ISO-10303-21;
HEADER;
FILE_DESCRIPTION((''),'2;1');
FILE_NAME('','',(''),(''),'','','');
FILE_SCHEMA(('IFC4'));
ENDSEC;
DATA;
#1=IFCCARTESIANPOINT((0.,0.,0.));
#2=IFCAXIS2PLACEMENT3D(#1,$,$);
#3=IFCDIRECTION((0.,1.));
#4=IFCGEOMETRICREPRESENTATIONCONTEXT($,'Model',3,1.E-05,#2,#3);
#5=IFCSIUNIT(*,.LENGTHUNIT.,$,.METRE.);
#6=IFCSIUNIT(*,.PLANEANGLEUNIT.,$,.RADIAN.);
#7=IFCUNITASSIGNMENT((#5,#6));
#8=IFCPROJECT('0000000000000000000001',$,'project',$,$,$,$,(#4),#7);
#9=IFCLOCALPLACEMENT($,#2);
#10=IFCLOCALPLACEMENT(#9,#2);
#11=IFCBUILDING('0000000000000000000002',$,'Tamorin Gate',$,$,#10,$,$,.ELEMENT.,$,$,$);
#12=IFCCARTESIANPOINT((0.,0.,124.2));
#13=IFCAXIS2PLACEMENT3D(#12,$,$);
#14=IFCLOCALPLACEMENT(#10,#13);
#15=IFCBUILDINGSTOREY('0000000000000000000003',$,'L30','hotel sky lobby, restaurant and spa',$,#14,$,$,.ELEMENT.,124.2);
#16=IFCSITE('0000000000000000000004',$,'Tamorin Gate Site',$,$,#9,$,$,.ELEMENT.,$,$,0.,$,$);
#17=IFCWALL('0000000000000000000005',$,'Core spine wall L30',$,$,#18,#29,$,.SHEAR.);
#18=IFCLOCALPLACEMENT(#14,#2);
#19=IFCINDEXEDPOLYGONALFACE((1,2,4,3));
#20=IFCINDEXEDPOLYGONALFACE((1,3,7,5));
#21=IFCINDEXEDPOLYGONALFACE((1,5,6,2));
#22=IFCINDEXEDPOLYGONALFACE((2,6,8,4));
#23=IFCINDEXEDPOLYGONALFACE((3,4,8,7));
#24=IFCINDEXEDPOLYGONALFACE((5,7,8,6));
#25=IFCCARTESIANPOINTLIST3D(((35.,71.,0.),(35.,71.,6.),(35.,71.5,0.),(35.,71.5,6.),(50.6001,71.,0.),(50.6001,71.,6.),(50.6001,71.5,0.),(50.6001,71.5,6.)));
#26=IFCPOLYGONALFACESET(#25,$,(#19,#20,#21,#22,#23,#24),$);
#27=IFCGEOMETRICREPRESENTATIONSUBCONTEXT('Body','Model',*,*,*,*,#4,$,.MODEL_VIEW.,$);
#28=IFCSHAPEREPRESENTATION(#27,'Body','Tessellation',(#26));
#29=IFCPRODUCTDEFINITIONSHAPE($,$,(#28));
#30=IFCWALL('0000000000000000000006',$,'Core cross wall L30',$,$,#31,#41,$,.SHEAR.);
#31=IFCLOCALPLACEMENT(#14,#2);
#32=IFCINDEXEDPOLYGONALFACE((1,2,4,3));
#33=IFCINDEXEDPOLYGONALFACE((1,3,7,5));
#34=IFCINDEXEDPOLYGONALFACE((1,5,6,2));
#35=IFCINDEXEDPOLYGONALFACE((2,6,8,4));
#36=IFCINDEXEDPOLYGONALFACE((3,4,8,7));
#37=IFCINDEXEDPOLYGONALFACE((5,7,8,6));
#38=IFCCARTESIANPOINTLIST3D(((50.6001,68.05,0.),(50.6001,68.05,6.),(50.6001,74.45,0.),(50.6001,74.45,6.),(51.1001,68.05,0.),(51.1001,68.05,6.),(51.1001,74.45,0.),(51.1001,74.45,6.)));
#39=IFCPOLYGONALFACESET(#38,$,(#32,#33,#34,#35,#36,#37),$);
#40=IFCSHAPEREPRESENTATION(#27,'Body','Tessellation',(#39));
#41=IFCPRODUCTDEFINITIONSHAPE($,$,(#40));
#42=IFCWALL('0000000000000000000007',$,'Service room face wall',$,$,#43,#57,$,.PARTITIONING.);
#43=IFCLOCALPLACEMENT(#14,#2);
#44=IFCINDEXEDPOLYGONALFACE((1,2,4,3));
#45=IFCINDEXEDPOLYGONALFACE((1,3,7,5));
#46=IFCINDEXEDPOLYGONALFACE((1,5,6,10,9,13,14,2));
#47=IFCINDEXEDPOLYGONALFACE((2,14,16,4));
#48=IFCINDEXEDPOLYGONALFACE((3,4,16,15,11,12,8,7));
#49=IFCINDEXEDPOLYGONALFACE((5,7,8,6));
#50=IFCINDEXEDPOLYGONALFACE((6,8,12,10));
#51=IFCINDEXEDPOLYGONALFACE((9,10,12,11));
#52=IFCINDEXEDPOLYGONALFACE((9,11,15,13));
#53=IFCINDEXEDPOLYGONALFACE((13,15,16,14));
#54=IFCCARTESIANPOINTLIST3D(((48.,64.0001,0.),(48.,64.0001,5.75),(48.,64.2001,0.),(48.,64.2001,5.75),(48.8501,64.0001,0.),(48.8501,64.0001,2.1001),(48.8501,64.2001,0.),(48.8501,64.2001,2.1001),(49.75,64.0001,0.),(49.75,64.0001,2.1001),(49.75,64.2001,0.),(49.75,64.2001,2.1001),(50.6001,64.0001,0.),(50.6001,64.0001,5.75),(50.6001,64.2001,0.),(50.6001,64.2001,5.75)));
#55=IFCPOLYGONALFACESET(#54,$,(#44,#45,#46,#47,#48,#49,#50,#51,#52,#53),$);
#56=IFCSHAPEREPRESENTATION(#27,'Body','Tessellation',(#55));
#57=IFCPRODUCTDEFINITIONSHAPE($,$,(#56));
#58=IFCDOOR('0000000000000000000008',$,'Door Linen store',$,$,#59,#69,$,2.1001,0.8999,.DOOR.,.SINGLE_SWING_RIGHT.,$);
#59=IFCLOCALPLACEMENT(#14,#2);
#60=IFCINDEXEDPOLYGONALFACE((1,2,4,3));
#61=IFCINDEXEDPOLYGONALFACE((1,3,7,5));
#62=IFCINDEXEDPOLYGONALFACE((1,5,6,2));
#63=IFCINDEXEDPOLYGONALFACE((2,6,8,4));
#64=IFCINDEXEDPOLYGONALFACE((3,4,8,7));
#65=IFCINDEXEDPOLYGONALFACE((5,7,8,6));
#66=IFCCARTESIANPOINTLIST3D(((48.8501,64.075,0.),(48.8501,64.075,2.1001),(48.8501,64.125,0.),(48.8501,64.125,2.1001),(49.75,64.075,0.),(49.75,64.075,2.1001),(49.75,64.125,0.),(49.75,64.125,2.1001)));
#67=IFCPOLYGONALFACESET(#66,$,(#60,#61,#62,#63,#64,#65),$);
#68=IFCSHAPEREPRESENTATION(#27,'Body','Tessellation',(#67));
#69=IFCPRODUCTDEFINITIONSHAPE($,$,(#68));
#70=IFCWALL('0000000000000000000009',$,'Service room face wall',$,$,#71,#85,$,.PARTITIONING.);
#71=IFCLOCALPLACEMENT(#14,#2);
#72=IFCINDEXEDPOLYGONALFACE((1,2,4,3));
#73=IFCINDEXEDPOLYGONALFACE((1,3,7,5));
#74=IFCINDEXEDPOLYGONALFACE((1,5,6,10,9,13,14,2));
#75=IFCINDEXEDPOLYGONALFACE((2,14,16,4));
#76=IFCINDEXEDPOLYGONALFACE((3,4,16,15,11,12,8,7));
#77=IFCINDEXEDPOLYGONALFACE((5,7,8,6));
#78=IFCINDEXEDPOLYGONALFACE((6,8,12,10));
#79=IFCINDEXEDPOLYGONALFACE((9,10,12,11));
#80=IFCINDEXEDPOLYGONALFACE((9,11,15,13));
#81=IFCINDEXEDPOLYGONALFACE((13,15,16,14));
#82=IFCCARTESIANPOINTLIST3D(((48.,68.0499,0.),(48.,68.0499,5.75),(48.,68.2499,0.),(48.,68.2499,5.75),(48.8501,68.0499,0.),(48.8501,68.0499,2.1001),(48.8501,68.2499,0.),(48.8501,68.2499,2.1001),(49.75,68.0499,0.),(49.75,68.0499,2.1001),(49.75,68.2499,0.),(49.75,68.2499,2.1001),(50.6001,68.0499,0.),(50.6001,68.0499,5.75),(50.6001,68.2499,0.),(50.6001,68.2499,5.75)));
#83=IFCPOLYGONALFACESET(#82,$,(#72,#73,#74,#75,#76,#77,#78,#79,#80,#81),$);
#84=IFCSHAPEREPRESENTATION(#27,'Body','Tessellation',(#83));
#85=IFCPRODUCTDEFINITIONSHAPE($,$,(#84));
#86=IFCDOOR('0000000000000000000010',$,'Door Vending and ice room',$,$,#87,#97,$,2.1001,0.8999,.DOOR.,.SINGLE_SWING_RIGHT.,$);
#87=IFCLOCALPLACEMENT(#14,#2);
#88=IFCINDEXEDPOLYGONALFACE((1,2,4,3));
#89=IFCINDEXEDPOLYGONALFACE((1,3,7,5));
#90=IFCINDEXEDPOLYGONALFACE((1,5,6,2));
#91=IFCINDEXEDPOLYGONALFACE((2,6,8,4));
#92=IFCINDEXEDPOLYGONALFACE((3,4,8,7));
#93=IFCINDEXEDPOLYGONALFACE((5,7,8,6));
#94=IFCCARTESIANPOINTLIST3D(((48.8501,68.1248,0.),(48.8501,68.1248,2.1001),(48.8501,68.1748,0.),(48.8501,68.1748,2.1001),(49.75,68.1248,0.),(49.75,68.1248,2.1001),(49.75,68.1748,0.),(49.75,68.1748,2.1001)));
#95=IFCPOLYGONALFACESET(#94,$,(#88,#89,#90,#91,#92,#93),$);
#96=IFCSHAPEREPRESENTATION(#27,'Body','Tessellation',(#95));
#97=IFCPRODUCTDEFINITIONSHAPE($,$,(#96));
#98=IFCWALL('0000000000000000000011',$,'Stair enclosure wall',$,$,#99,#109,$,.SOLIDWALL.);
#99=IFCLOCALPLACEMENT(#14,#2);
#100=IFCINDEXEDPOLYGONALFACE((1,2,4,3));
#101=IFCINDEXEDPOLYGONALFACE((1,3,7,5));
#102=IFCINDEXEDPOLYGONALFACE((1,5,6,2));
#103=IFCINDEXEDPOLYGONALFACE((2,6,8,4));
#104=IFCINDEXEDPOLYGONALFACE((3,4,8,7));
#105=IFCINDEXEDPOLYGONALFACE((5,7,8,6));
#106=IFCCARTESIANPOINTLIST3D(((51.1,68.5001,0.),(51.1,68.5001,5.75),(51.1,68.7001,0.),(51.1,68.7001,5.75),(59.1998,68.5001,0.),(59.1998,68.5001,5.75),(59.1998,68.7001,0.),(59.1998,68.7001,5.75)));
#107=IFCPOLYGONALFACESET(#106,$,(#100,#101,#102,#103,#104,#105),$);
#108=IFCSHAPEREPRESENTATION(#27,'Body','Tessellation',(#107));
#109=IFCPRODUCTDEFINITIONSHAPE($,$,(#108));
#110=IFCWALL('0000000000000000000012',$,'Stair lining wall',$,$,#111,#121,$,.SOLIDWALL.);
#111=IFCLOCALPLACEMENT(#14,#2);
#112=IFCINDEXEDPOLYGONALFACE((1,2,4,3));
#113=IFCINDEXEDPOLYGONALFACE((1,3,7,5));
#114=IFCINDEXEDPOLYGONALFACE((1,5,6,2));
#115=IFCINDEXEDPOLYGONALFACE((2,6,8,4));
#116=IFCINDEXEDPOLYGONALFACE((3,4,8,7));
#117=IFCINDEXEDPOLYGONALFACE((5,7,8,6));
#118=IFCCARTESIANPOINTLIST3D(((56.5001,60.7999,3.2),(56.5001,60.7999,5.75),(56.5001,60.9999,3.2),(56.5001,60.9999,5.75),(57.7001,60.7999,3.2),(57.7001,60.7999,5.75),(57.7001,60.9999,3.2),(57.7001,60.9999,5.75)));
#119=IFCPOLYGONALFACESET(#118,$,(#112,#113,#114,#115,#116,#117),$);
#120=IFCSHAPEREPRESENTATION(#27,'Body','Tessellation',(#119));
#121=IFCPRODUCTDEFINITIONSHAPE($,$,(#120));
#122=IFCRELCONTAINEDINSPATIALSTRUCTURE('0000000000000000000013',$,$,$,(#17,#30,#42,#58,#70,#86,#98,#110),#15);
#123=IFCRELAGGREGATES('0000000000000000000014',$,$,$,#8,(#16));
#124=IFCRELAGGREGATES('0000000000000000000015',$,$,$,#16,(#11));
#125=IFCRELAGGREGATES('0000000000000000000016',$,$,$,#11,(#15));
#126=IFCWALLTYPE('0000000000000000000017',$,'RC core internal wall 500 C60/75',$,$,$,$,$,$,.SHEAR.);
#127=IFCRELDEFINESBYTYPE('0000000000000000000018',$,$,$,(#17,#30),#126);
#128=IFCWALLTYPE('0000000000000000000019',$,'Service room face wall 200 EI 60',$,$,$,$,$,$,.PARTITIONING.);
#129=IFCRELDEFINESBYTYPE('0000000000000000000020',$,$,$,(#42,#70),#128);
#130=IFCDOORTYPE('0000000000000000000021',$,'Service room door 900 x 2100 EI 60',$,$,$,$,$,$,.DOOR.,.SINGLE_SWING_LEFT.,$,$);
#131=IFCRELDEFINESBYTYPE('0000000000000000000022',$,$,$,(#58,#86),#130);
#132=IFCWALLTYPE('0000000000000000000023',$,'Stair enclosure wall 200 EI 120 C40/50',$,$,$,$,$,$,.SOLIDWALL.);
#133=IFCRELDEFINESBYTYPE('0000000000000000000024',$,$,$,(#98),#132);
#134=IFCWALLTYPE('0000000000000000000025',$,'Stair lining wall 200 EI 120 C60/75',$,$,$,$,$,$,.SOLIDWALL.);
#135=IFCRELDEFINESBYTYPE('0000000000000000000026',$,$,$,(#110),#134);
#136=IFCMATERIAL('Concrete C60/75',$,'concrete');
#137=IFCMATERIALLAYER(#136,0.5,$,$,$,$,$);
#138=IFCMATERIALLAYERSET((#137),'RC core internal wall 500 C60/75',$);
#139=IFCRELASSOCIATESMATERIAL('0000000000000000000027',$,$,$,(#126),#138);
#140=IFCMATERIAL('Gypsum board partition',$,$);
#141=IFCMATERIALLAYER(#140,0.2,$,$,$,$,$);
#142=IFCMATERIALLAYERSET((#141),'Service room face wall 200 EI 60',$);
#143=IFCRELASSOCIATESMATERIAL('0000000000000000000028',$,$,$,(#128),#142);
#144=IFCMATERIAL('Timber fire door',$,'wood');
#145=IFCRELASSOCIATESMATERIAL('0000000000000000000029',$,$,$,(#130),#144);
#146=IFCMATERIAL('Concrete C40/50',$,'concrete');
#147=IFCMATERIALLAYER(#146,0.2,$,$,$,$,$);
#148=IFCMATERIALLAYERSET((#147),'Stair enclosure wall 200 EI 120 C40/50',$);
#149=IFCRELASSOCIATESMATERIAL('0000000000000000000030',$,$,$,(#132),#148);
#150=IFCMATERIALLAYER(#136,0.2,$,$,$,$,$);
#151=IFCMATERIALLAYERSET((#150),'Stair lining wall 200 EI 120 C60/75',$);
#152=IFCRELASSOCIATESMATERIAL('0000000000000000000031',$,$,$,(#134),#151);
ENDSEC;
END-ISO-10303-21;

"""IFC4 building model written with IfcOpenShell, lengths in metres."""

from ifc_helpers import new_model, si_unit, direction, frame, frame_2d, origin, place, context, subcontext, project, spatial, rectangle, extrude, material, layer, layer_set, type_object, element, fill, save


model = new_model("IFC4")

# Units and contexts
model_context = context("Model", 3, precision=1e-05, world=origin(), true_north=direction((0.0, 1.0)))
body_context = subcontext(model_context, "Body", "Model", "MODEL_VIEW")
ifc_project = project(units=[si_unit("LENGTHUNIT", "METRE"), si_unit("PLANEANGLEUNIT", "RADIAN")], contexts=[model_context])

# Site, building, storey
site_placement = place(None, origin())
site = spatial("IfcSite", under=ifc_project, at=site_placement, Name="Tamorin Gate Site", CompositionType="ELEMENT", RefElevation=0.0)
building_placement = place(site_placement, origin())
building = spatial("IfcBuilding", under=site, at=building_placement, Name="Tamorin Gate", CompositionType="ELEMENT")
storey_placement = place(building_placement, frame((0.0, 0.0, 124.2)))
storey = spatial("IfcBuildingStorey", under=building, at=storey_placement, Name="L30", Description="hotel sky lobby, restaurant and spa", CompositionType="ELEMENT", Elevation=124.2)

# Shared definitions
ifc_material_1 = material(Name="Concrete C60/75", Category="concrete")

# Walls
ifc_material_2 = material(Name="Gypsum board partition")
ifc_layer_1 = layer(ifc_material_1, 0.5)
ifc_layer_set_1 = layer_set([ifc_layer_1], Name="RC core internal wall 500 C60/75")
wall_type_1 = type_object("IfcWallType", Name="RC core internal wall 500 C60/75", PredefinedType="SHEAR", material=ifc_layer_set_1)
wall_1_placement = place(storey_placement, frame((35.0, 71.25, 0.0), z_axis=(0.0, 0.0, 1.0), x_axis=(1.0, 0.0, 0.0)))
element("IfcWall", 1, at=wall_1_placement, inside=storey, type_object=wall_type_1, Name="Core spine wall L30", PredefinedType="SHEAR", context=body_context, shape_type="SweptSolid", body=[
    extrude(rectangle(XDim=15.6001, YDim=0.5, at=frame_2d((7.8, 0.0))), origin(), (0.0, 0.0, 1.0), 6.0),
])
wall_2_placement = place(storey_placement, frame((50.8501, 68.05, 0.0), z_axis=(0.0, 0.0, 1.0), x_axis=(0.0, 1.0, 0.0)))
element("IfcWall", 2, at=wall_2_placement, inside=storey, type_object=wall_type_1, Name="Core cross wall L30", PredefinedType="SHEAR", context=body_context, shape_type="SweptSolid", body=[
    extrude(rectangle(XDim=6.3999, YDim=0.5, at=frame_2d((3.2, 0.0))), origin(), (0.0, 0.0, 1.0), 6.0),
])

# Walls, openings, doors
ifc_layer_2 = layer(ifc_material_2, 0.2)
ifc_layer_set_2 = layer_set([ifc_layer_2], Name="Service room face wall 200 EI 60")
wall_type_2 = type_object("IfcWallType", Name="Service room face wall 200 EI 60", PredefinedType="PARTITIONING", material=ifc_layer_set_2)
wall_3_placement = place(storey_placement, frame((48.0, 64.1001, 0.0), z_axis=(0.0, 0.0, 1.0), x_axis=(1.0, 0.0, 0.0)))
wall_3 = element("IfcWall", 3, at=wall_3_placement, inside=storey, type_object=wall_type_2, Name="Service room face wall", PredefinedType="PARTITIONING", context=body_context, shape_type="SweptSolid", body=[
    extrude(rectangle(XDim=2.6001, YDim=0.2, at=frame_2d((1.3, 0.0))), origin(), (0.0, 0.0, 1.0), 5.75),
])
opening_1_placement = place(wall_3_placement, frame((0.8501, 0.0, 0.0)))
opening_1 = element("IfcOpeningElement", 4, at=opening_1_placement, cuts=wall_3, PredefinedType="OPENING", context=body_context, shape_type="SweptSolid", body=[
    extrude(rectangle(XDim=0.8999, YDim=2.1001, at=frame_2d((0.45, 1.05))), frame((0.0, 0.1099, 0.0), z_axis=(0.0, -1.0, 0.0), x_axis=(1.0, 0.0, 0.0)), (0.0, 0.0, 1.0), 0.22),
])
ifc_material_3 = material(Name="Timber fire door", Category="wood")
door_type_1 = type_object("IfcDoorType", Name="Service room door 900 x 2100 EI 60", OperationType="SINGLE_SWING_LEFT", PredefinedType="DOOR", material=ifc_material_3)
door_1_placement = place(opening_1_placement, origin())
door_1 = element("IfcDoor", 5, at=door_1_placement, inside=storey, type_object=door_type_1, Name="Door Linen store", OperationType="SINGLE_SWING_RIGHT", OverallHeight=2.1001, OverallWidth=0.8999, PredefinedType="DOOR", context=body_context, shape_type="SweptSolid", body=[
    extrude(rectangle(XDim=0.8999, YDim=2.1001, at=frame_2d((0.45, 1.05))), frame((0.0, 0.0249, 0.0), z_axis=(0.0, -1.0, 0.0), x_axis=(1.0, 0.0, 0.0)), (0.0, 0.0, 1.0), 0.05),
])
fill(opening_1, door_1)
wall_4_placement = place(storey_placement, frame((48.0, 68.1499, 0.0), z_axis=(0.0, 0.0, 1.0), x_axis=(1.0, 0.0, 0.0)))
wall_4 = element("IfcWall", 6, at=wall_4_placement, inside=storey, type_object=wall_type_2, Name="Service room face wall", PredefinedType="PARTITIONING", context=body_context, shape_type="SweptSolid", body=[
    extrude(rectangle(XDim=2.6001, YDim=0.2, at=frame_2d((1.3, 0.0))), origin(), (0.0, 0.0, 1.0), 5.75),
])
opening_2_placement = place(wall_4_placement, frame((0.8501, 0.0, 0.0)))
opening_2 = element("IfcOpeningElement", 7, at=opening_2_placement, cuts=wall_4, PredefinedType="OPENING", context=body_context, shape_type="SweptSolid", body=[
    extrude(rectangle(XDim=0.8999, YDim=2.1001, at=frame_2d((0.45, 1.05))), frame((0.0, 0.1099, 0.0), z_axis=(0.0, -1.0, 0.0), x_axis=(1.0, 0.0, 0.0)), (0.0, 0.0, 1.0), 0.22),
])
door_2_placement = place(opening_2_placement, origin())
door_2 = element("IfcDoor", 8, at=door_2_placement, inside=storey, type_object=door_type_1, Name="Door Vending and ice room", OperationType="SINGLE_SWING_RIGHT", OverallHeight=2.1001, OverallWidth=0.8999, PredefinedType="DOOR", context=body_context, shape_type="SweptSolid", body=[
    extrude(rectangle(XDim=0.8999, YDim=2.1001, at=frame_2d((0.45, 1.05))), frame((0.0, 0.0249, 0.0), z_axis=(0.0, -1.0, 0.0), x_axis=(1.0, 0.0, 0.0)), (0.0, 0.0, 1.0), 0.05),
])
fill(opening_2, door_2)

# Walls
ifc_material_4 = material(Name="Concrete C40/50", Category="concrete")
ifc_layer_3 = layer(ifc_material_4, 0.2)
ifc_layer_set_3 = layer_set([ifc_layer_3], Name="Stair enclosure wall 200 EI 120 C40/50")
wall_type_3 = type_object("IfcWallType", Name="Stair enclosure wall 200 EI 120 C40/50", PredefinedType="SOLIDWALL", material=ifc_layer_set_3)
wall_5_placement = place(storey_placement, frame((51.1001, 68.6001, 0.0), z_axis=(0.0, 0.0, 1.0), x_axis=(1.0, 0.0, 0.0)))
element("IfcWall", 9, at=wall_5_placement, inside=storey, type_object=wall_type_3, Name="Stair enclosure wall", PredefinedType="SOLIDWALL", context=body_context, shape_type="SweptSolid", body=[
    extrude(rectangle(XDim=8.0999, YDim=0.2, at=frame_2d((4.0498, 0.0))), origin(), (0.0, 0.0, 1.0), 5.75),
])
ifc_layer_4 = layer(ifc_material_1, 0.2)
ifc_layer_set_4 = layer_set([ifc_layer_4], Name="Stair lining wall 200 EI 120 C60/75")
wall_type_4 = type_object("IfcWallType", Name="Stair lining wall 200 EI 120 C60/75", PredefinedType="SOLIDWALL", material=ifc_layer_set_4)
wall_6_placement = place(storey_placement, frame((56.5, 60.8999, 3.2), z_axis=(0.0, 0.0, 1.0), x_axis=(1.0, 0.0, 0.0)))
element("IfcWall", 10, at=wall_6_placement, inside=storey, type_object=wall_type_4, Name="Stair lining wall", PredefinedType="SOLIDWALL", context=body_context, shape_type="SweptSolid", body=[
    extrude(rectangle(XDim=1.2, YDim=0.2, at=frame_2d((0.6001, 0.0))), origin(), (0.0, 0.0, 1.0), 2.55),
])

save(model, "model.ifc")
